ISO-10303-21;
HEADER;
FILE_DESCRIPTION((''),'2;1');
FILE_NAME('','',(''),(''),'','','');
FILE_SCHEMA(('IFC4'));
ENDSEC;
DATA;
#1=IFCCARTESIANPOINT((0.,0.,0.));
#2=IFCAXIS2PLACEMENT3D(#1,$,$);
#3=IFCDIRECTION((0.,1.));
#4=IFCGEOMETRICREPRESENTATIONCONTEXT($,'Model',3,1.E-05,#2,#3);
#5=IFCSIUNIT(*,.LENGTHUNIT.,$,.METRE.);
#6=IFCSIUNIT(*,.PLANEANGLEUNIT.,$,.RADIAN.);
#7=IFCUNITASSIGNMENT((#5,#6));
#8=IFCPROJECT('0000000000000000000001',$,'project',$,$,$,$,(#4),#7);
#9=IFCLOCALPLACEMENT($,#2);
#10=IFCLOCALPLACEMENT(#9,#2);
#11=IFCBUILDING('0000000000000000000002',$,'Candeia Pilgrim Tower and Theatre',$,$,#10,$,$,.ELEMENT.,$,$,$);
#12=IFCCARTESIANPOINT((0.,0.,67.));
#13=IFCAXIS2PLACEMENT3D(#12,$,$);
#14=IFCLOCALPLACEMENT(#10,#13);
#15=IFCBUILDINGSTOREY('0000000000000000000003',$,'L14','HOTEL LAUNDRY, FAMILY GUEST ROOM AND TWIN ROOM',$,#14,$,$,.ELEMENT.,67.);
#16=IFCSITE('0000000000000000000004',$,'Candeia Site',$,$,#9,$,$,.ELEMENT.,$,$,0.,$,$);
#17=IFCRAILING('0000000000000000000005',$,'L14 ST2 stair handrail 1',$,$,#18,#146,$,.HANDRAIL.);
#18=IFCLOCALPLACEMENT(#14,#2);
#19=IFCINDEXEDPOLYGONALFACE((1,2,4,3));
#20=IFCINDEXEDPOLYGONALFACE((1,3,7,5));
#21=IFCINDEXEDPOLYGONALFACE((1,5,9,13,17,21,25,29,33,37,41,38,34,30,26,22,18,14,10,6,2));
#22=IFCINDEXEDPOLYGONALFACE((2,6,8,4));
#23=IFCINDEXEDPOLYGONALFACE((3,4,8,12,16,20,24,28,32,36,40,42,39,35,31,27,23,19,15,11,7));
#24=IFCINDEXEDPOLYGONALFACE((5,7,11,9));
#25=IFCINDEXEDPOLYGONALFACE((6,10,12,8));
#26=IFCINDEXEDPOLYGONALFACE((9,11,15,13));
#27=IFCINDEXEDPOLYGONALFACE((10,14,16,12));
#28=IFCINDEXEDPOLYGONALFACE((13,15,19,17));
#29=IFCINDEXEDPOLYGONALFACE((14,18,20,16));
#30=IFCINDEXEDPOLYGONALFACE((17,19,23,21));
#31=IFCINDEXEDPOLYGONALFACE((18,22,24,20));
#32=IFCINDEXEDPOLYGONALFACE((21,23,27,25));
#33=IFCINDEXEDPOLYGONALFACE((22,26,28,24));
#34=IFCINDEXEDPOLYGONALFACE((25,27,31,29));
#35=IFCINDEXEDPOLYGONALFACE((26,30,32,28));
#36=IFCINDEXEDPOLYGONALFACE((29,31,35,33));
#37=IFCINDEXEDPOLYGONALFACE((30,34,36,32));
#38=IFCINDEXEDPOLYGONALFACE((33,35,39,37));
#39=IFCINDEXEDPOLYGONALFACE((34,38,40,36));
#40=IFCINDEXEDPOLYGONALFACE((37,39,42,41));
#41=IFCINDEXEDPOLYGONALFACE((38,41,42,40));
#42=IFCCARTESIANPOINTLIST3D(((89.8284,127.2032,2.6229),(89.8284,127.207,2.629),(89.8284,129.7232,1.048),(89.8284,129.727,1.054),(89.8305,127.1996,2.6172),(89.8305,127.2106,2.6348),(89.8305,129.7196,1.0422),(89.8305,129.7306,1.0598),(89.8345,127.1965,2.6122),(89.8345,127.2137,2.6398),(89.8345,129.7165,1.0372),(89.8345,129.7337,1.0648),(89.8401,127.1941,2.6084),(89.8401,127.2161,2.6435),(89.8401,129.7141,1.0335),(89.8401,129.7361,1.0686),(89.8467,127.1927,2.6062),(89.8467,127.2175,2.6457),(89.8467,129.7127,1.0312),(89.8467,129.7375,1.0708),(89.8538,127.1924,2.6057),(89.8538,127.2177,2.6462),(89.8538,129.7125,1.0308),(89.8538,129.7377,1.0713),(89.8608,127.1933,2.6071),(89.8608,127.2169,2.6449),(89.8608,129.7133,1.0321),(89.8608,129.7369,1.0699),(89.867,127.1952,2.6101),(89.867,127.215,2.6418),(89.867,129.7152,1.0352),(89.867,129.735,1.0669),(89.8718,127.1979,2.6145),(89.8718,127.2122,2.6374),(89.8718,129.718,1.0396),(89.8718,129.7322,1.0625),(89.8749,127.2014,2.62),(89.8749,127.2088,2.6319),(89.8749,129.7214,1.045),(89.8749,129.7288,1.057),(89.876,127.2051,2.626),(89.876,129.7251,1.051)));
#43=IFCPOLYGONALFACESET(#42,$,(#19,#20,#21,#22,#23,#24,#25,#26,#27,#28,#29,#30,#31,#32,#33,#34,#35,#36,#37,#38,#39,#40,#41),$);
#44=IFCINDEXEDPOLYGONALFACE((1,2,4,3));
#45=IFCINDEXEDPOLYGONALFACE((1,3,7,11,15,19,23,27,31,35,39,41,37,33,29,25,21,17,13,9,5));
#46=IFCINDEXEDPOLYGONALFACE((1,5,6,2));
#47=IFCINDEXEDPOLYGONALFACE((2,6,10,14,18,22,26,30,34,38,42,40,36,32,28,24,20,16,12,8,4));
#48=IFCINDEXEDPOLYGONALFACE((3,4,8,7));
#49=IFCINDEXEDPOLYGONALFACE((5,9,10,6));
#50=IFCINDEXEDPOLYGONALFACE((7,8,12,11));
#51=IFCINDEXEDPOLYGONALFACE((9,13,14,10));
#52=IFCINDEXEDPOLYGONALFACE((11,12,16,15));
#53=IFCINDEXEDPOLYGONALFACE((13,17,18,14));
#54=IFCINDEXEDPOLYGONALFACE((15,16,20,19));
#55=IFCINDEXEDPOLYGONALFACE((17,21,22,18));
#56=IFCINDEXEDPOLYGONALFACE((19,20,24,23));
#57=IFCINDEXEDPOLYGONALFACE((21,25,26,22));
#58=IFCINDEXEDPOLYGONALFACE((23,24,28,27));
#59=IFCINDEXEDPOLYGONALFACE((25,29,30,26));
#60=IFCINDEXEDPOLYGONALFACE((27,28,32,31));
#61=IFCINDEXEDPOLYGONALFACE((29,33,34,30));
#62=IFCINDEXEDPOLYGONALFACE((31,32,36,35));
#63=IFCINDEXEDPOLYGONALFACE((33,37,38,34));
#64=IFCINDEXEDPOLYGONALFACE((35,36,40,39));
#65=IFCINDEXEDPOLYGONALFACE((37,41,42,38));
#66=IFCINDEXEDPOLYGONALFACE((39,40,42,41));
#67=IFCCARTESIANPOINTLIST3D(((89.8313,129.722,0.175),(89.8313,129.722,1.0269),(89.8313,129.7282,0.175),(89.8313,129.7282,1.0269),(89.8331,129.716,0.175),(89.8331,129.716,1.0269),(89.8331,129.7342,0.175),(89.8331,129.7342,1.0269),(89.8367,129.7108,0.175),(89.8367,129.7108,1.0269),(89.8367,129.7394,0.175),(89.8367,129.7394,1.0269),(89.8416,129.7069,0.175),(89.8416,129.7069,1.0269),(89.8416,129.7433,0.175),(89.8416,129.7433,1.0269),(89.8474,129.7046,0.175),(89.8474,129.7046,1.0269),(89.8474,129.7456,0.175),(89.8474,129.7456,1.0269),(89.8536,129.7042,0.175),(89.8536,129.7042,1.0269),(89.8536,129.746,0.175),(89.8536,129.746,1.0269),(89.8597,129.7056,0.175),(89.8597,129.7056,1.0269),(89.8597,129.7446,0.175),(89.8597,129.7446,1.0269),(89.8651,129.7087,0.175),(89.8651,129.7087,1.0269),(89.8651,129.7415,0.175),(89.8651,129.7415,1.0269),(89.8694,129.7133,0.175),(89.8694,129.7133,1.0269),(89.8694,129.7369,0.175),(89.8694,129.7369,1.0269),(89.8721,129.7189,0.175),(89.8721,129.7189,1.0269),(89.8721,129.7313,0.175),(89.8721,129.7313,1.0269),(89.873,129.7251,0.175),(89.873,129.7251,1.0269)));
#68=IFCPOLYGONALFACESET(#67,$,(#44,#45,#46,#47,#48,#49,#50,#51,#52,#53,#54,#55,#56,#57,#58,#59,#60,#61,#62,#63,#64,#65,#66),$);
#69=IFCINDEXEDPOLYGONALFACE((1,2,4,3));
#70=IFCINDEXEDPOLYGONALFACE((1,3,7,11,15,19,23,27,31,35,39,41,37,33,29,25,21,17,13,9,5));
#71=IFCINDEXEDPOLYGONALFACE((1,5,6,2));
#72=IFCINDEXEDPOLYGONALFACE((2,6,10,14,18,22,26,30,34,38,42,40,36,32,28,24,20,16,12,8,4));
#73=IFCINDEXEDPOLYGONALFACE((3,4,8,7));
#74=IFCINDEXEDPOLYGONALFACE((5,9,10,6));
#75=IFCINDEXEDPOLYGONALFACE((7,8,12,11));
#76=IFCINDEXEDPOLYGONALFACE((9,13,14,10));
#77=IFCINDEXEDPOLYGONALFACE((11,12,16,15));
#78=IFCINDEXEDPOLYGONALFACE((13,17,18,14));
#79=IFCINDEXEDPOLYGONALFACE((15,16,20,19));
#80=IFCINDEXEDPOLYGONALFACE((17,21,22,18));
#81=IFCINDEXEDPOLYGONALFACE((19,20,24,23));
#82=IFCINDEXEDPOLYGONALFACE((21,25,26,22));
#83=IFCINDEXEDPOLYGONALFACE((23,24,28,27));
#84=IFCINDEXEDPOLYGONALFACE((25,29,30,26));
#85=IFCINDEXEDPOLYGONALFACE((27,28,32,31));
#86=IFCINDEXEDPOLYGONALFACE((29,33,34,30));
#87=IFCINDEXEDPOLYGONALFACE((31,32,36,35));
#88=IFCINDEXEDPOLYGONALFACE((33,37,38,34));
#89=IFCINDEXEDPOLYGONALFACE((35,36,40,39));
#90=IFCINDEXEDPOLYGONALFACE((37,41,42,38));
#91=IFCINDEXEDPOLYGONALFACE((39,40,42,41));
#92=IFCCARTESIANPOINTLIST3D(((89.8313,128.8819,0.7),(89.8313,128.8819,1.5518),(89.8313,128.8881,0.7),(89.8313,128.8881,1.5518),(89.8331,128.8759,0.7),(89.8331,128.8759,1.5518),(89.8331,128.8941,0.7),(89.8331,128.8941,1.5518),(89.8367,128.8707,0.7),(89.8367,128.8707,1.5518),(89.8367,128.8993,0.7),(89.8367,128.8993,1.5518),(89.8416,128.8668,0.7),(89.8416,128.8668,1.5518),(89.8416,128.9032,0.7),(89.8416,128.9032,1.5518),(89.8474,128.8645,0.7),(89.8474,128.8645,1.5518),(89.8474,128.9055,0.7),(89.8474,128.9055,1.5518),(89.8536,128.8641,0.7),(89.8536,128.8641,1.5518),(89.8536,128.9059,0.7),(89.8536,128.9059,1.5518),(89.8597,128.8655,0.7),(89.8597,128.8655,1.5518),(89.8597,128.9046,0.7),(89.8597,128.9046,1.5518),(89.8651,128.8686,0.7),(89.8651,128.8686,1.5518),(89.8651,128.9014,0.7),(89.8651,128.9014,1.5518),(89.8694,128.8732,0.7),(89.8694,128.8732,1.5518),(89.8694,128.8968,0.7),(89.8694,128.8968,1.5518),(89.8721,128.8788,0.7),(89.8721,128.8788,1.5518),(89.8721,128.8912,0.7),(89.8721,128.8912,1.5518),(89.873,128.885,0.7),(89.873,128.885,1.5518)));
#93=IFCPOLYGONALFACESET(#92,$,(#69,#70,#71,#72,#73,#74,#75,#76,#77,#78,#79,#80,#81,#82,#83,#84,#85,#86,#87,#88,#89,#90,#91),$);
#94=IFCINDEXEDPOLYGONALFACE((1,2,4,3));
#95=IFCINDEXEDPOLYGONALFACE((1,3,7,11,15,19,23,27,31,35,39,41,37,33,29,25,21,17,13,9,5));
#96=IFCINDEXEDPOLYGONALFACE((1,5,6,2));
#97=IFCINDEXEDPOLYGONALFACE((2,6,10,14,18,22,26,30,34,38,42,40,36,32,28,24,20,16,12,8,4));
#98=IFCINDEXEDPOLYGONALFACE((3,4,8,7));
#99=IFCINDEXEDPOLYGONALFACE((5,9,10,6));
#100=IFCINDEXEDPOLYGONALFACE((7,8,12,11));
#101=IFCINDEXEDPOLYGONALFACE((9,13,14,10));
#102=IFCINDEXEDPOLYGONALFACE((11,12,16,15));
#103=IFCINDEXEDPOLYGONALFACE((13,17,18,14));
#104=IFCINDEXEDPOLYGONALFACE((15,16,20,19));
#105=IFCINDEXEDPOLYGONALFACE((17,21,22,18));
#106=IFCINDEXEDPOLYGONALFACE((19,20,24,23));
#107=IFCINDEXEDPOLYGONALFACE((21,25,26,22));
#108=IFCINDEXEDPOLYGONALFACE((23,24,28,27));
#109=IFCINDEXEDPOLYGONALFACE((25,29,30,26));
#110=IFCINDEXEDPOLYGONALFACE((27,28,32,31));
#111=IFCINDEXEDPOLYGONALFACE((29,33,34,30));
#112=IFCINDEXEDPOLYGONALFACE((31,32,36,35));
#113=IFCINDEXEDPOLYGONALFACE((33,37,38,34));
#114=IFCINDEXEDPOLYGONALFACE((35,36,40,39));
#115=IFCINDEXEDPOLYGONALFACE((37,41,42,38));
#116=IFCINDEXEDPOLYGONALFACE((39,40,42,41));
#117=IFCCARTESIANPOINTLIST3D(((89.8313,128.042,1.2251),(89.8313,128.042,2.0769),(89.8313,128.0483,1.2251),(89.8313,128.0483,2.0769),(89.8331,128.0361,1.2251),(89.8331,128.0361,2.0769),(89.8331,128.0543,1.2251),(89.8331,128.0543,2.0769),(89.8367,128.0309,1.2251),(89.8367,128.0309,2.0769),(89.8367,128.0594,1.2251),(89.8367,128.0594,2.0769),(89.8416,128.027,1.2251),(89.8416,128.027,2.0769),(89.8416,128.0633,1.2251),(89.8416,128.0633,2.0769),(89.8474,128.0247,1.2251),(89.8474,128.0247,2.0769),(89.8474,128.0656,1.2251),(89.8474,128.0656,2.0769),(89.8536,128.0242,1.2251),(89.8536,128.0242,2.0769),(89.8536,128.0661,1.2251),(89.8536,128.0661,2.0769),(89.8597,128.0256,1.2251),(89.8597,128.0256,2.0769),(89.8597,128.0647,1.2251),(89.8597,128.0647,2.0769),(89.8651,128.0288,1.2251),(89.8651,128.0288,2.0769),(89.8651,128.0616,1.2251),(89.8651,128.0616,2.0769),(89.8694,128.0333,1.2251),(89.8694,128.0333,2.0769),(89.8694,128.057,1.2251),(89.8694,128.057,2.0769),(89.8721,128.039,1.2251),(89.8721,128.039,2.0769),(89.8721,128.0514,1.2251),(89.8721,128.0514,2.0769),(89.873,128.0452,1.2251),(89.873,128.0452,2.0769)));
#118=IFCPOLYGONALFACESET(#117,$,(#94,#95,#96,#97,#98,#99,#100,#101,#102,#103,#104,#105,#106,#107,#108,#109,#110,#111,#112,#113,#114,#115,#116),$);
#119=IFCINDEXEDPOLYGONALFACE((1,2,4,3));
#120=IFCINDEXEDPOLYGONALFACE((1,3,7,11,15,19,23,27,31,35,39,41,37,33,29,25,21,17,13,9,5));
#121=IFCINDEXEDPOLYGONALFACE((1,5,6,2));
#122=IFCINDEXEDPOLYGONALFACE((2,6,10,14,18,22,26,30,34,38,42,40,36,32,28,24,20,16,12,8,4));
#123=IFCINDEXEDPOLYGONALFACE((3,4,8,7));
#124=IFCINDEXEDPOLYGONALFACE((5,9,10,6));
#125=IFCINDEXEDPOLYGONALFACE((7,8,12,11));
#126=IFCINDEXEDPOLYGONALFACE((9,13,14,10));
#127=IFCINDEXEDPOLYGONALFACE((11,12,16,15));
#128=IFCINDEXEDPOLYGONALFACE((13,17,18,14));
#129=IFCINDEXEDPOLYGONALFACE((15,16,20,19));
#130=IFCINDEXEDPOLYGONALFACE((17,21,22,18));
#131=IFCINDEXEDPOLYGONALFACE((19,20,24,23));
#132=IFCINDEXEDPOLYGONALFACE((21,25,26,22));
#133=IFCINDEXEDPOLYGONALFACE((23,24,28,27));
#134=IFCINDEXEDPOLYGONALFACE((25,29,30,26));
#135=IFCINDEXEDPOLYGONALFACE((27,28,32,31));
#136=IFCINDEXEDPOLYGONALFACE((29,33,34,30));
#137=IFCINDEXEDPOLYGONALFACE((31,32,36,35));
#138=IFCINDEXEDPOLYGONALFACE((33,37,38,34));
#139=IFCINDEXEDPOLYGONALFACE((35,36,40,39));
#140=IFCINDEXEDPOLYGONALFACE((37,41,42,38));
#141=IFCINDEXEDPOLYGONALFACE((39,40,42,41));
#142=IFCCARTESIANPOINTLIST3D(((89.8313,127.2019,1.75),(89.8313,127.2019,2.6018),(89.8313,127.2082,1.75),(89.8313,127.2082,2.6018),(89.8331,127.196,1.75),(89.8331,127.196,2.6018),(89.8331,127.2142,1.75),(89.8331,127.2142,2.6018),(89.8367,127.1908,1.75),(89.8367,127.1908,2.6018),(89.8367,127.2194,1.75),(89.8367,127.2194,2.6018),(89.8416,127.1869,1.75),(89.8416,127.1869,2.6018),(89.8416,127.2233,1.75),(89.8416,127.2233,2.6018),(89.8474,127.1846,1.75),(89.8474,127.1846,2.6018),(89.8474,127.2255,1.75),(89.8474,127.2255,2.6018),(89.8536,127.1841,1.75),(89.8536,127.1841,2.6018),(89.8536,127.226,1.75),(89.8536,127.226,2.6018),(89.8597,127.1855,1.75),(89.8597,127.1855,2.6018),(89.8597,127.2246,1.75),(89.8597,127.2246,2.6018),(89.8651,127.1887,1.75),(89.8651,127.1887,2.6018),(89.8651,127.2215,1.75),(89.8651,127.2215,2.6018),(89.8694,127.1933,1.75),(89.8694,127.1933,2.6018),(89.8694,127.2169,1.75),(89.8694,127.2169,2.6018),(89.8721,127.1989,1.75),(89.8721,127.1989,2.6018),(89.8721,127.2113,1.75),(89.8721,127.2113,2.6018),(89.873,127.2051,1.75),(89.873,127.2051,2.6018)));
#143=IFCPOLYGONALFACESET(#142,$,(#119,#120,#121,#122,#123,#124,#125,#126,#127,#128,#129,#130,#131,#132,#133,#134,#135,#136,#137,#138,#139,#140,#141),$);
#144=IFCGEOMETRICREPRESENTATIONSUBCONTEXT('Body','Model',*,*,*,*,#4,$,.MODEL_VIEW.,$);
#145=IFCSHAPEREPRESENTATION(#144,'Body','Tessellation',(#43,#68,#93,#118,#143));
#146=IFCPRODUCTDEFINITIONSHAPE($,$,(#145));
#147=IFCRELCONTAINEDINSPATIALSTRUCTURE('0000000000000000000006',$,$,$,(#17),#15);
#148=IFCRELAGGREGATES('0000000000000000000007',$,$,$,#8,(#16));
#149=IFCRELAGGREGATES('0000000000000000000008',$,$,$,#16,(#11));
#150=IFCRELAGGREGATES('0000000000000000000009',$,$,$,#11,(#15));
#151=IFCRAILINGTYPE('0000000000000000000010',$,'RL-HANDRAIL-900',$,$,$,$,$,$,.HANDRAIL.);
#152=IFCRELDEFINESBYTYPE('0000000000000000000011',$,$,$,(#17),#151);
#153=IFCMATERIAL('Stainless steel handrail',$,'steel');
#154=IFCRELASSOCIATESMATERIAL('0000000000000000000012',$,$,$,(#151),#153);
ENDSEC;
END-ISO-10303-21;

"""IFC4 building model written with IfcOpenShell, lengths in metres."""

from ifc_helpers import new_model, si_unit, direction, frame, origin, origin_2d, place, context, subcontext, project, spatial, circle, extrude, material, type_object, element, save


model = new_model("IFC4")

# Units and contexts
model_context = context("Model", 3, precision=1e-05, world=origin(), true_north=direction((0.0, 1.0)))
body_context = subcontext(model_context, "Body", "Model", "MODEL_VIEW")
ifc_project = project(units=[si_unit("LENGTHUNIT", "METRE"), si_unit("PLANEANGLEUNIT", "RADIAN")], contexts=[model_context])

# Site, building, storey
site_placement = place(None, origin())
site = spatial("IfcSite", under=ifc_project, at=site_placement, Name="Candeia Site", CompositionType="ELEMENT", RefElevation=0.0)
building_placement = place(site_placement, origin())
building = spatial("IfcBuilding", under=site, at=building_placement, Name="Candeia Pilgrim Tower and Theatre", CompositionType="ELEMENT")
storey_placement = place(building_placement, frame((0.0, 0.0, 67.0)))
storey = spatial("IfcBuildingStorey", under=building, at=storey_placement, Name="L14", Description="HOTEL LAUNDRY, FAMILY GUEST ROOM AND TWIN ROOM", CompositionType="ELEMENT", Elevation=67.0)

# Railing
ifc_material_1 = material(Name="Stainless steel handrail", Category="steel")
railing_type_1 = type_object("IfcRailingType", Name="RL-HANDRAIL-900", PredefinedType="HANDRAIL", material=ifc_material_1)
for number, where, name in (
    (1, (89.8521, 129.7251, 0.175), "L14 ST2 stair handrail 1"),
):
    element("IfcRailing", number, at=place(storey_placement, frame(where)), inside=storey, type_object=railing_type_1, Name=name, PredefinedType="HANDRAIL", context=body_context, shape_type="SweptSolid", body=[
        extrude(circle(Radius=0.0239, at=origin_2d()), frame((0.0, 0.0, 0.876), z_axis=(0.0, -0.848008, 0.529984), x_axis=(1.0, 0.0, 0.0)), (0.0, 0.0, 1.0), 2.9717),
        extrude(circle(Radius=0.021, at=origin_2d()), origin(), (0.0, 0.0, 1.0), 0.8518),
        extrude(circle(Radius=0.021, at=origin_2d()), frame((0.0, -0.8401, 0.5249)), (0.0, 0.0, 1.0), 0.8518),
        extrude(circle(Radius=0.021, at=origin_2d()), frame((0.0, -1.6799, 1.05)), (0.0, 0.0, 1.0), 0.8518),
        extrude(circle(Radius=0.021, at=origin_2d()), frame((0.0, -2.52, 1.575)), (0.0, 0.0, 1.0), 0.8518),
    ])

save(model, "model.ifc")
